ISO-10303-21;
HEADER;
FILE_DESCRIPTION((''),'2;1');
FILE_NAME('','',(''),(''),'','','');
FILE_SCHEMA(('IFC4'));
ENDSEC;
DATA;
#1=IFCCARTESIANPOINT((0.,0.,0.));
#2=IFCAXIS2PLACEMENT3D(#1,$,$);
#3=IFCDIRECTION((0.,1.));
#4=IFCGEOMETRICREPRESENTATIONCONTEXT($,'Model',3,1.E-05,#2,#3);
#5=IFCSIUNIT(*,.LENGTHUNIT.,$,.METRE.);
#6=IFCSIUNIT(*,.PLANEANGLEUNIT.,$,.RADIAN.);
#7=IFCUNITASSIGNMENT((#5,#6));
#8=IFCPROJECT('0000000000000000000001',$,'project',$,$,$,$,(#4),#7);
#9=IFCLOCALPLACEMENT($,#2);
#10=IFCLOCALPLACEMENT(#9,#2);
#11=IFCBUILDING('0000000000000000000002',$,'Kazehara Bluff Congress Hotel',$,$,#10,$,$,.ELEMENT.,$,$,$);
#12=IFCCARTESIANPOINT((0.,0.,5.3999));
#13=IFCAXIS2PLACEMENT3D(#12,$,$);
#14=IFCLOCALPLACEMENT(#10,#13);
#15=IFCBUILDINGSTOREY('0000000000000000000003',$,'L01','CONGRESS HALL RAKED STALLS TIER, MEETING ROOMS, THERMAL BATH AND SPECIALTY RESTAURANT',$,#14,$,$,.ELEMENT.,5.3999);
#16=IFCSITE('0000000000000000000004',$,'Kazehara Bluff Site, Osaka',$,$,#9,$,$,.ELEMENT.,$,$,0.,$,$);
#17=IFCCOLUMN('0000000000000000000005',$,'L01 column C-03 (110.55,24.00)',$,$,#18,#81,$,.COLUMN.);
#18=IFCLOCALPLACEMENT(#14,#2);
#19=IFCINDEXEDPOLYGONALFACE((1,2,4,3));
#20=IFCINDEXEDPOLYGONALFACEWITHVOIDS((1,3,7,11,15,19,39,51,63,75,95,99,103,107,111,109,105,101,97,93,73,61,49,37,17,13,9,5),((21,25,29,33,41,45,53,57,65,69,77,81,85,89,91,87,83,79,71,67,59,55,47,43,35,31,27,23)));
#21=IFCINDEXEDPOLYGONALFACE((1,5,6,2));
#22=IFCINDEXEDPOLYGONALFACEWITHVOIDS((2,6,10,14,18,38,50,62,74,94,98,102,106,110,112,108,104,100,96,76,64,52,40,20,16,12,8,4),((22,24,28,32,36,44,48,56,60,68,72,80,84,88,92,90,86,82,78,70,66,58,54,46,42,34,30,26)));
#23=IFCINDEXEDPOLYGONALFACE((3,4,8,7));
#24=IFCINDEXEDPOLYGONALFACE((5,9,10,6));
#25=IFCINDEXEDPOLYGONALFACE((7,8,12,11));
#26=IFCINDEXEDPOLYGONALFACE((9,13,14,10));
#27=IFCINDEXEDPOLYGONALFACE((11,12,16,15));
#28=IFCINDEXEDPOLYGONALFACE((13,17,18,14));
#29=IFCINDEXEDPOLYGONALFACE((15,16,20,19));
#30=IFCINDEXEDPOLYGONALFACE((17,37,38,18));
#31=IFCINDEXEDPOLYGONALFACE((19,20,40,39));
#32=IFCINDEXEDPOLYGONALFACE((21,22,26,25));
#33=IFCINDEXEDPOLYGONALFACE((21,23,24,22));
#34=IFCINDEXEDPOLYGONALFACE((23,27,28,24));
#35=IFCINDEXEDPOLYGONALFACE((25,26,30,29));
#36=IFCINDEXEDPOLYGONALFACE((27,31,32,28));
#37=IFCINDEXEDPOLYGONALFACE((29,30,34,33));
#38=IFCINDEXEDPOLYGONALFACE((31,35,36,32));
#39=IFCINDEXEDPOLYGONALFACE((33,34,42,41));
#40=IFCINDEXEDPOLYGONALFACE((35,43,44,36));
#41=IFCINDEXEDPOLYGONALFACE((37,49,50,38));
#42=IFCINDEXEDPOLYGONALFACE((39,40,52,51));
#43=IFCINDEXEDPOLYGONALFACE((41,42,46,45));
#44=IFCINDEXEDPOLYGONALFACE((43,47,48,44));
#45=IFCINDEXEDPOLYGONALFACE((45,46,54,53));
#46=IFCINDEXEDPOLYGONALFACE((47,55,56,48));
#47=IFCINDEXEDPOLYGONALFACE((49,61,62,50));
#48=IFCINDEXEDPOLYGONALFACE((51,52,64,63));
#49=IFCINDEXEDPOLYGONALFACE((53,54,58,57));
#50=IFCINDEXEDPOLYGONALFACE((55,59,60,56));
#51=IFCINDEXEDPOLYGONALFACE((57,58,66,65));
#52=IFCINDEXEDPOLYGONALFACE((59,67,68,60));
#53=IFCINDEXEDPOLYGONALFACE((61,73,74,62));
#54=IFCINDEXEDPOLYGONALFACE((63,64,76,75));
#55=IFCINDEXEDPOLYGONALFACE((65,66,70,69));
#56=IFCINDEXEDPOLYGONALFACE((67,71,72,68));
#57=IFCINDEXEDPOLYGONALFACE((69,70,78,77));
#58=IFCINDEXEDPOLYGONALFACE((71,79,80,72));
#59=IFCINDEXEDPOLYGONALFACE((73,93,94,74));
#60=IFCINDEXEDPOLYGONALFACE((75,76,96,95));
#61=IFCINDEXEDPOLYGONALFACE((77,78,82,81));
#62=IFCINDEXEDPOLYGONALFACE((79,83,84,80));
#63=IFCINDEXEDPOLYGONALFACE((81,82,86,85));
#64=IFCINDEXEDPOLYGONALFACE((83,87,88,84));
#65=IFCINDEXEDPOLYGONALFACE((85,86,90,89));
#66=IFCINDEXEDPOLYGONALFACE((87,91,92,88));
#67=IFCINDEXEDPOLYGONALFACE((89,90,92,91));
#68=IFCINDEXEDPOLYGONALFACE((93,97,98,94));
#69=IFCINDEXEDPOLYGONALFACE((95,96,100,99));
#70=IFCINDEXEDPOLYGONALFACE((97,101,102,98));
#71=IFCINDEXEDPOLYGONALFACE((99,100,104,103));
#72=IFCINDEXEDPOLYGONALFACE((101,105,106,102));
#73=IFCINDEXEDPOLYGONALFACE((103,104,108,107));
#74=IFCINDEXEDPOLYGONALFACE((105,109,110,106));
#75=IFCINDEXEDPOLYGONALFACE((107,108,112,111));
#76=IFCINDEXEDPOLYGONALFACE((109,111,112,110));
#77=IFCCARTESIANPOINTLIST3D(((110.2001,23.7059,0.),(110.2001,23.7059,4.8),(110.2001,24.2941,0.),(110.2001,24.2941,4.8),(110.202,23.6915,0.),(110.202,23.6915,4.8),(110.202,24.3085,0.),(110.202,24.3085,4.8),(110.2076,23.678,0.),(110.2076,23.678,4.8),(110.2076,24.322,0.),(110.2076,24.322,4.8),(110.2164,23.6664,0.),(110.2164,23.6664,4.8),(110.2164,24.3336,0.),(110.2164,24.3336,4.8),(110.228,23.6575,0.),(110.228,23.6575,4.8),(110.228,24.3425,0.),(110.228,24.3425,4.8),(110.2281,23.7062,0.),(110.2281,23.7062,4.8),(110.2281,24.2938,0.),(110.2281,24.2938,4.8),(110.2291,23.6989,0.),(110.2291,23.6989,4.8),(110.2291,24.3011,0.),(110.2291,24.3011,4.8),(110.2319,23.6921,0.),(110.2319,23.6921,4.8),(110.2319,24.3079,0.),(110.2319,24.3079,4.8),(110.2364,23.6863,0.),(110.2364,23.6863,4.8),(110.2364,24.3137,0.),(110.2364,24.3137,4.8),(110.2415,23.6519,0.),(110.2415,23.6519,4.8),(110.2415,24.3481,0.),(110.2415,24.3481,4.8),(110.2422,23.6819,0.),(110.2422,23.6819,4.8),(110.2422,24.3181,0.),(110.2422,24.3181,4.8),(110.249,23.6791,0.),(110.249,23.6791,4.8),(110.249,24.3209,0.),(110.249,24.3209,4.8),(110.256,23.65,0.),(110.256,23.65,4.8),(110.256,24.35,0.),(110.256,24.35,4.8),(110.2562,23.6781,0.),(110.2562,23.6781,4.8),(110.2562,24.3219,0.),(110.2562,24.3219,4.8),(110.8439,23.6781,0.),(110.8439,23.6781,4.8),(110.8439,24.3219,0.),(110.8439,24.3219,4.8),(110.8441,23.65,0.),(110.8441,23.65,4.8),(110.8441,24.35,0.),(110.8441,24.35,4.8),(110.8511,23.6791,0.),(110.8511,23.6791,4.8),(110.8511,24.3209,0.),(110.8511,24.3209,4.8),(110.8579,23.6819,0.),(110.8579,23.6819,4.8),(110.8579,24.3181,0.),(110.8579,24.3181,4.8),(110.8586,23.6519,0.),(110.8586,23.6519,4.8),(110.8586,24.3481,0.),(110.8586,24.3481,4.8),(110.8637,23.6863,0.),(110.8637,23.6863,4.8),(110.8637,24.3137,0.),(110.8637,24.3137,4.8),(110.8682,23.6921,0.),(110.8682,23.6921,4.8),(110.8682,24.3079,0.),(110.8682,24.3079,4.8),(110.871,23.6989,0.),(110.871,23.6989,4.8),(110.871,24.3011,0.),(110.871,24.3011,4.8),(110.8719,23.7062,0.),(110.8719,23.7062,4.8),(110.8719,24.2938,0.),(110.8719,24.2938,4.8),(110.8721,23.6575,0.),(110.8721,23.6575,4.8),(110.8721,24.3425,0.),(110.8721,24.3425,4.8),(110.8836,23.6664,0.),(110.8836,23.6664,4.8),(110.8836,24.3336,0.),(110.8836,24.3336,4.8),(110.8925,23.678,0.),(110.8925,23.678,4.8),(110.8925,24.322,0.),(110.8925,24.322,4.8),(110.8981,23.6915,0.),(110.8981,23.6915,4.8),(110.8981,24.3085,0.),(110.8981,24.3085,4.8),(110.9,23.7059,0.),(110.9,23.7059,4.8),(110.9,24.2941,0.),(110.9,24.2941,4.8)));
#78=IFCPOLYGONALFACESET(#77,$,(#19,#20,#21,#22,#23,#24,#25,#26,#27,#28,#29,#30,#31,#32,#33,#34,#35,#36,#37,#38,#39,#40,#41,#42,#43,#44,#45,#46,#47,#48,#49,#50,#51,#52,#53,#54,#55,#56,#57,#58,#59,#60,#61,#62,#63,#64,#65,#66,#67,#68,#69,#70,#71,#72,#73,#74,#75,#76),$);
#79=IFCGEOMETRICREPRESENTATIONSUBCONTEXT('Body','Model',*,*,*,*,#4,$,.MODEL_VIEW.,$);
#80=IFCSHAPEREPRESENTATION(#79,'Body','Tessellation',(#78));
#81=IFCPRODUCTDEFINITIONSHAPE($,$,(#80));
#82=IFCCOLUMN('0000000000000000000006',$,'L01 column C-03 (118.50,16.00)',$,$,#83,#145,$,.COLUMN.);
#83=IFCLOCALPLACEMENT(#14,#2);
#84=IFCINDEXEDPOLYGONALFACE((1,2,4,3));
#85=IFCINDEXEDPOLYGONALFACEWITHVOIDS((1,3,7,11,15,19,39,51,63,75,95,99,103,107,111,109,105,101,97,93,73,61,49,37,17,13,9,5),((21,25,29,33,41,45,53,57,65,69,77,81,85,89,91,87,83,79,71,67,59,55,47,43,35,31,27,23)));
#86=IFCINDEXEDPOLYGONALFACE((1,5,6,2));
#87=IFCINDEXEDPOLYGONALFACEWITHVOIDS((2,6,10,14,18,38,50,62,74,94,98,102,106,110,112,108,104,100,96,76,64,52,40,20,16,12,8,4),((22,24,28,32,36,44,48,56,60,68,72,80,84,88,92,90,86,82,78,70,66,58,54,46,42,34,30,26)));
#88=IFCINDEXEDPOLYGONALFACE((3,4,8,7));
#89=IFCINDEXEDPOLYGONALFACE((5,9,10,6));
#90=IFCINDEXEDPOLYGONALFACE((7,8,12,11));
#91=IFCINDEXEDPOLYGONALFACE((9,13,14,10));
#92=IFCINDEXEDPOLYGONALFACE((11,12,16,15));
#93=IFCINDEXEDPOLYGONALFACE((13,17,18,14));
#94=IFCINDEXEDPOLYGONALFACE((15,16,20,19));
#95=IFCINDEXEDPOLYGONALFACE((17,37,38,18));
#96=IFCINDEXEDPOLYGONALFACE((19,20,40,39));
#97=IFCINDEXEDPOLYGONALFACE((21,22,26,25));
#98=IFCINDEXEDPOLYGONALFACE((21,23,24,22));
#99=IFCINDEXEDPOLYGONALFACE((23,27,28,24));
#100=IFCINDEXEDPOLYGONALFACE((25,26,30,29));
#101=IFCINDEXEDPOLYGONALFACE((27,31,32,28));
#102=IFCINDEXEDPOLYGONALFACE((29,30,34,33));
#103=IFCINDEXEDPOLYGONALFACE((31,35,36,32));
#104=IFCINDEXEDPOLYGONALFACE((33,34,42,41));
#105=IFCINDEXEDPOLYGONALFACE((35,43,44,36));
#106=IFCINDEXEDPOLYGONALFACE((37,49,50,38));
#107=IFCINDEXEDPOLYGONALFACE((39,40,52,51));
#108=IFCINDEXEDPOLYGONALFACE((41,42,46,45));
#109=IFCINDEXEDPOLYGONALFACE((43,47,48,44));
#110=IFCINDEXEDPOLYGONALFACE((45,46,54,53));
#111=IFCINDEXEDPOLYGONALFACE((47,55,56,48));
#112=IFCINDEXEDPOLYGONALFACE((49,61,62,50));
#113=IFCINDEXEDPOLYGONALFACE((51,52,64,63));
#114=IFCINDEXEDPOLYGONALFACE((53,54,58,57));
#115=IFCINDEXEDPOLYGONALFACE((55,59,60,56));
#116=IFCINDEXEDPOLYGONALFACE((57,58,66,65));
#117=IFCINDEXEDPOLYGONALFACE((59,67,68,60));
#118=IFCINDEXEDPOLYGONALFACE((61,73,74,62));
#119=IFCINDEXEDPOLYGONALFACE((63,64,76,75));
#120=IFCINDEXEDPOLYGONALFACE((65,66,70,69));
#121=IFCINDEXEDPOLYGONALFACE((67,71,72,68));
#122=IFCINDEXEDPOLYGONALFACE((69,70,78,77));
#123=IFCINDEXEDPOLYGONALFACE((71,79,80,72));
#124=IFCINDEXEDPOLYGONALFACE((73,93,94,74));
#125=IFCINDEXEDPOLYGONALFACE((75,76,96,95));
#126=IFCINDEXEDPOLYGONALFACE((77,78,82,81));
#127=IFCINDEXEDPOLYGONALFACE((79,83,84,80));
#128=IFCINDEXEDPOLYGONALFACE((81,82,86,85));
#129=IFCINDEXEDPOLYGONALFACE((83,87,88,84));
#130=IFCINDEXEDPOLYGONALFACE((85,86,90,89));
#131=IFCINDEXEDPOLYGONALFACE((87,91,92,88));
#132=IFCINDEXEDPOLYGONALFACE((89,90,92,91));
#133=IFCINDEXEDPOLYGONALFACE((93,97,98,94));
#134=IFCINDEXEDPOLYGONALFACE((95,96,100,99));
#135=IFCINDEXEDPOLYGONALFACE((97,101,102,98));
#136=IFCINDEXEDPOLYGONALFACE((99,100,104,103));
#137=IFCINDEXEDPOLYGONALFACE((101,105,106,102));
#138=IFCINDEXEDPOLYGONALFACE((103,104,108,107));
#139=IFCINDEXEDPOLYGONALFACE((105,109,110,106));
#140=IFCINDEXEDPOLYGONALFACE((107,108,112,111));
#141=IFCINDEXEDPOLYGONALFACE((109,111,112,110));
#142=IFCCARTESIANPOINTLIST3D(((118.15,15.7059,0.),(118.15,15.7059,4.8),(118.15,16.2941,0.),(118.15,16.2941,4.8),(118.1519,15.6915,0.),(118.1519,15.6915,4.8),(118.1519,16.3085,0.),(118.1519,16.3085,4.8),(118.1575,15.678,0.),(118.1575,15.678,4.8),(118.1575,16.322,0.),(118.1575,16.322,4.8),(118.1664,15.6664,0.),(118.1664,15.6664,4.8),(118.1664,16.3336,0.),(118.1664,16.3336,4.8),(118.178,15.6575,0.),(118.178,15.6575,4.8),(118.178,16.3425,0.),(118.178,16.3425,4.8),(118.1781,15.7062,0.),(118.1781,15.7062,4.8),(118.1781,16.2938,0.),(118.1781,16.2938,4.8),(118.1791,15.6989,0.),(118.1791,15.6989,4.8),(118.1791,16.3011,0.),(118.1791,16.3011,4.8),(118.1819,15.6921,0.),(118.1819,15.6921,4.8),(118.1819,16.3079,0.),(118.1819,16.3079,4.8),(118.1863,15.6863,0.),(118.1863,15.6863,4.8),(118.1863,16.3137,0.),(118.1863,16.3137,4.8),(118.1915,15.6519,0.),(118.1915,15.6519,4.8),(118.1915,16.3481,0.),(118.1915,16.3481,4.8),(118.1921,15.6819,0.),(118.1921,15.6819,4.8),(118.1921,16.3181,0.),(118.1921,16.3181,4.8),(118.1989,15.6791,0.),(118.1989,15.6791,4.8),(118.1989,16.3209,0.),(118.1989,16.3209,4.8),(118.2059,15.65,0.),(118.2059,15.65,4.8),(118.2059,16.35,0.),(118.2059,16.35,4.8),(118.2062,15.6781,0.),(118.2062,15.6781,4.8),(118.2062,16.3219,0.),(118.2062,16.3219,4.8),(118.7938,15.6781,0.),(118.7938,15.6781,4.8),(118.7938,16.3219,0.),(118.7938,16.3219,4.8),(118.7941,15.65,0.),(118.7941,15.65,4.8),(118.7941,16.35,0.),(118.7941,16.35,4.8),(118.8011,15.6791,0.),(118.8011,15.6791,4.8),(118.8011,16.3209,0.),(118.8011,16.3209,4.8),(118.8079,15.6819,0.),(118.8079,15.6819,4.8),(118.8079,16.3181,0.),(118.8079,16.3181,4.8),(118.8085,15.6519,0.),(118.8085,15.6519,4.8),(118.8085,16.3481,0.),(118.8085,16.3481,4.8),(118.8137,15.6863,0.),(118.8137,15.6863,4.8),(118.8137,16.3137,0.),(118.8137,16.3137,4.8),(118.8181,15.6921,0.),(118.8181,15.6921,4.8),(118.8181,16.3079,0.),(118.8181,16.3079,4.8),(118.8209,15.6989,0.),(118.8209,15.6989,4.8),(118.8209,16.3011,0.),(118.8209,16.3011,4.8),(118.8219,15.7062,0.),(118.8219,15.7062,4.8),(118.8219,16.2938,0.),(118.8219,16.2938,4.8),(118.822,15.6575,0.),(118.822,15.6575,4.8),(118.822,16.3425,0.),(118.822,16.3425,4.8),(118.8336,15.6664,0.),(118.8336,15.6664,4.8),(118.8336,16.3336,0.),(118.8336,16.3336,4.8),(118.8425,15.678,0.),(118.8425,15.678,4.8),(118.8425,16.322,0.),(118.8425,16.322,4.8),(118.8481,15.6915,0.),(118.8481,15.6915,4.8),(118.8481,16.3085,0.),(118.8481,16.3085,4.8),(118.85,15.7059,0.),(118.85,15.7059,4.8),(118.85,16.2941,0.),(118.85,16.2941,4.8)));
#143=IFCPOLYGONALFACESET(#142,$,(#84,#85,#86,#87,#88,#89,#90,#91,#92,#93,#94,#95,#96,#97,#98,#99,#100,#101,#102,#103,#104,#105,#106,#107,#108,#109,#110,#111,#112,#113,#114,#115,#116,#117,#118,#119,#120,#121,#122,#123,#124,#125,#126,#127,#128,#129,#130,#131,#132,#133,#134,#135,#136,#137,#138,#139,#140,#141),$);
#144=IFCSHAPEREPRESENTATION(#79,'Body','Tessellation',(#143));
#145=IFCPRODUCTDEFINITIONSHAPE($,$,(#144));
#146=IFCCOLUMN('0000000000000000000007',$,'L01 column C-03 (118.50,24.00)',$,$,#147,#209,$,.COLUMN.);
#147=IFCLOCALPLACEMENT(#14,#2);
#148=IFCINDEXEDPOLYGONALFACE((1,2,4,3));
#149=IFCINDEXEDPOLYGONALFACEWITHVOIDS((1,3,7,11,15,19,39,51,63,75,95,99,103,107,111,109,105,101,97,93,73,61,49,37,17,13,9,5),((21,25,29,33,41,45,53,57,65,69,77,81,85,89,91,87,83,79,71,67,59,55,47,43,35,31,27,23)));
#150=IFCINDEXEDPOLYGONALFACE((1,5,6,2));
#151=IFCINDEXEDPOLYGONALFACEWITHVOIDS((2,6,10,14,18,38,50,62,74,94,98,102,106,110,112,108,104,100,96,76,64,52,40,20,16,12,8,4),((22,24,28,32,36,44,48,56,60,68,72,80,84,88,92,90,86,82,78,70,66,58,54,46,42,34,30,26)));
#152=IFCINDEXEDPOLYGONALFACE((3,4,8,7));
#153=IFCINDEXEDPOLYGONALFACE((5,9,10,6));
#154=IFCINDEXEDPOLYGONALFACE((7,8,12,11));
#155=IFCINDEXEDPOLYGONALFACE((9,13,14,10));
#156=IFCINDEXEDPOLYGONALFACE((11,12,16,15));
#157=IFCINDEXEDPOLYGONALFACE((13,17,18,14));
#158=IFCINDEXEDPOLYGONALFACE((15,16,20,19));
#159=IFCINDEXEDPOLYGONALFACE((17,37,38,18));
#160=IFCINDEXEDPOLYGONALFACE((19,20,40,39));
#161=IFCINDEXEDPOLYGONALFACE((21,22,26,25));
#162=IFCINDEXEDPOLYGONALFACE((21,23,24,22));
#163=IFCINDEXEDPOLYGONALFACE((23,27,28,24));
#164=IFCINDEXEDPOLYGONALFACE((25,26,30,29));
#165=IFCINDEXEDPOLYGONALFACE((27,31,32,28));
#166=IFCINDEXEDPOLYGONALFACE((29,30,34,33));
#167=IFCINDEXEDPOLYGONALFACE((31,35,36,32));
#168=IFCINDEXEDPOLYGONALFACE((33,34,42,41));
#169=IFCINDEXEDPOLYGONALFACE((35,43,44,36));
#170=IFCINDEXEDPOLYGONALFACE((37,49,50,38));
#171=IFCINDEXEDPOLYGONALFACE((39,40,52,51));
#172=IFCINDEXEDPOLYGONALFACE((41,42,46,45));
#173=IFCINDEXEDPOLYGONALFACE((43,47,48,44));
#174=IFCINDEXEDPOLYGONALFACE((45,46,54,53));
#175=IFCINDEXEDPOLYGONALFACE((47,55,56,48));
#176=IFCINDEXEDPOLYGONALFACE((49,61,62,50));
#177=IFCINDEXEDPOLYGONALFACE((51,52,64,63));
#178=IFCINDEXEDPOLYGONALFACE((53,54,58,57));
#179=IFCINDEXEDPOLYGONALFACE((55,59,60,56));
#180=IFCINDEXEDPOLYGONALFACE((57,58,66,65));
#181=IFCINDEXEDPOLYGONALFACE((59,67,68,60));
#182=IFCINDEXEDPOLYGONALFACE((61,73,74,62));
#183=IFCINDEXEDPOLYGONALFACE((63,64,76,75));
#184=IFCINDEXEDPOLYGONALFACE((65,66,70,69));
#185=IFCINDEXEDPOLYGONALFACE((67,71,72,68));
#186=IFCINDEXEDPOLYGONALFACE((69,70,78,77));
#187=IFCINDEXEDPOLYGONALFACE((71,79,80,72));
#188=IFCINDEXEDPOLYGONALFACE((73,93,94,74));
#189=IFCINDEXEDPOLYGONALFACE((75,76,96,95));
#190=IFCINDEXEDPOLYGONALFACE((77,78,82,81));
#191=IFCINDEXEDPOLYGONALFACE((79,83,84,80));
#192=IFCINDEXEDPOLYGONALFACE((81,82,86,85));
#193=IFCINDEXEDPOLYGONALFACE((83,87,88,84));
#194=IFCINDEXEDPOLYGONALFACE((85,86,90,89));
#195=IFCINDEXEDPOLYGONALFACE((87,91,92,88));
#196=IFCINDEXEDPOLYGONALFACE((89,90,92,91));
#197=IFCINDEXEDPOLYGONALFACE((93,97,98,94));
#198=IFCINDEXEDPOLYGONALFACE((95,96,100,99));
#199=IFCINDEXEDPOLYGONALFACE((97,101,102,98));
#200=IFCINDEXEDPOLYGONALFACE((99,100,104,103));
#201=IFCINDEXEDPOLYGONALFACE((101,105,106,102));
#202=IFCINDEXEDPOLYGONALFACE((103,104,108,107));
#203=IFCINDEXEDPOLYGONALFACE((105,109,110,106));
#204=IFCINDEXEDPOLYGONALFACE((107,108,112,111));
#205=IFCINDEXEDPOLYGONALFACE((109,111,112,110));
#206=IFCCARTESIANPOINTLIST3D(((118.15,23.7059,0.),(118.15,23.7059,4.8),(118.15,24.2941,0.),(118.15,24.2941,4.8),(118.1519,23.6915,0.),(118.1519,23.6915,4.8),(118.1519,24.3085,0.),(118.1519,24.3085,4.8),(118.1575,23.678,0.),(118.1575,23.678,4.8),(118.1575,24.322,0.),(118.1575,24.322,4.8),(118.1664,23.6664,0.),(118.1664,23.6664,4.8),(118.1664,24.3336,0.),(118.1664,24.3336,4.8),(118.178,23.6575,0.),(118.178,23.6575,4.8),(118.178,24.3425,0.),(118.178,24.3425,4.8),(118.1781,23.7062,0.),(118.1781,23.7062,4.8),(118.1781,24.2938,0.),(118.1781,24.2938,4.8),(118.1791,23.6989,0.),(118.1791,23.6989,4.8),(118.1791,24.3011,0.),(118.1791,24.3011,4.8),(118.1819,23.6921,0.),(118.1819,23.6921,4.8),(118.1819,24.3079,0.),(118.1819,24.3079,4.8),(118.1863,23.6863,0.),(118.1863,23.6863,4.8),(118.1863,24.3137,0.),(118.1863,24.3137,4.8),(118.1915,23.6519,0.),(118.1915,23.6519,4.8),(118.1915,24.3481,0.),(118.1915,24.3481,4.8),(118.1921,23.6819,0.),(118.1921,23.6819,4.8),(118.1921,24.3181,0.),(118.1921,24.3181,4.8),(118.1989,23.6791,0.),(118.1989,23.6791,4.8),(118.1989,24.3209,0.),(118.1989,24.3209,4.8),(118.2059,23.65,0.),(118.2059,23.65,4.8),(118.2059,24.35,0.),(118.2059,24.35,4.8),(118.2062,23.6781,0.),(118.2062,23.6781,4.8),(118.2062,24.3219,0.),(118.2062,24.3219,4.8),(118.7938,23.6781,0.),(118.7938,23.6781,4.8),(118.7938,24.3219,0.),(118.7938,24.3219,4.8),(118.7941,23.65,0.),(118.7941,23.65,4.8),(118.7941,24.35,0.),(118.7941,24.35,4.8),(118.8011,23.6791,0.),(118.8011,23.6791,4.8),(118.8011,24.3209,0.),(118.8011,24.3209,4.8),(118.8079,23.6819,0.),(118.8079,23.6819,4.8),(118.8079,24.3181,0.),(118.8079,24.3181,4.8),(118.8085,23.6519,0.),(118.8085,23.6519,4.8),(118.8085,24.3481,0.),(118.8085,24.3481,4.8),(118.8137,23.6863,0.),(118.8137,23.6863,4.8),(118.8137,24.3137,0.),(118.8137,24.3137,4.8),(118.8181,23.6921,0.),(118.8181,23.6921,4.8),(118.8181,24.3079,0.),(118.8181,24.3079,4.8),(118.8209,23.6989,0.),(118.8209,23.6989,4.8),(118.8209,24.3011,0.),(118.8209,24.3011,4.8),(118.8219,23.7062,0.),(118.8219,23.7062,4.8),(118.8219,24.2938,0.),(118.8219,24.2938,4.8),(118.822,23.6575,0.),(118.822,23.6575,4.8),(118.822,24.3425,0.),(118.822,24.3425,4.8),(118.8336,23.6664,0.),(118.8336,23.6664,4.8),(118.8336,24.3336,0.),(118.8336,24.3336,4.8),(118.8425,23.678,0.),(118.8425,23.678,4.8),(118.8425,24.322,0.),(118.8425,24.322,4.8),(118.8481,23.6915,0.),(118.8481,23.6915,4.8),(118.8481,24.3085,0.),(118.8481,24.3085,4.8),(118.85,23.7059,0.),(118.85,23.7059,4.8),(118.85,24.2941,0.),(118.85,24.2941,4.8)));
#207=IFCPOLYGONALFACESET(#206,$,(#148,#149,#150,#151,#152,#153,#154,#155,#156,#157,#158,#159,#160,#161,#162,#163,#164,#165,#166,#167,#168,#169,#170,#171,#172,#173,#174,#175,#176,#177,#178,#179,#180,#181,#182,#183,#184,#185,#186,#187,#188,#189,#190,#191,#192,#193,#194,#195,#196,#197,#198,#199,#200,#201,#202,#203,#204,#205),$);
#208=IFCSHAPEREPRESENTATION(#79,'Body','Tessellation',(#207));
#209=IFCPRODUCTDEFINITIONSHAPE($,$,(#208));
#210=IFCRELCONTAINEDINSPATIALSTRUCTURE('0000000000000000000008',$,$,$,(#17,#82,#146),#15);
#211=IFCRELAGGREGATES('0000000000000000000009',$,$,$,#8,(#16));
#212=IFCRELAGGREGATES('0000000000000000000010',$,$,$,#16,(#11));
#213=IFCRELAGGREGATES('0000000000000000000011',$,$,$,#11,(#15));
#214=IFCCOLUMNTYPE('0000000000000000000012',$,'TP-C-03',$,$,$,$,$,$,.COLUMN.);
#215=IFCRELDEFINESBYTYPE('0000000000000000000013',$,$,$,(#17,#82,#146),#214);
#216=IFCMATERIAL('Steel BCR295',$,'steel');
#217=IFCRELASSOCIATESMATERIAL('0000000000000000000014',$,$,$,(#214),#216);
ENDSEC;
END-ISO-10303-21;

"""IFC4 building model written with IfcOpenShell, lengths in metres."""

from ifc_helpers import new_model, si_unit, direction, frame, origin, origin_2d, place, context, subcontext, project, spatial, hollow_rectangle, extrude, material, material_profile, profile_set, type_object, element, save


model = new_model("IFC4")

# Units and contexts
model_context = context("Model", 3, precision=1e-05, world=origin(), true_north=direction((0.0, 1.0)))
body_context = subcontext(model_context, "Body", "Model", "MODEL_VIEW")
ifc_project = project(units=[si_unit("LENGTHUNIT", "METRE"), si_unit("PLANEANGLEUNIT", "RADIAN")], contexts=[model_context])

# Site, building, storey
site_placement = place(None, origin())
site = spatial("IfcSite", under=ifc_project, at=site_placement, Name="Kazehara Bluff Site, Osaka", CompositionType="ELEMENT", RefElevation=0.0)
building_placement = place(site_placement, origin())
building = spatial("IfcBuilding", under=site, at=building_placement, Name="Kazehara Bluff Congress Hotel", CompositionType="ELEMENT")
storey_placement = place(building_placement, frame((0.0, 0.0, 5.3999)))
storey = spatial("IfcBuildingStorey", under=building, at=storey_placement, Name="L01", Description="CONGRESS HALL RAKED STALLS TIER, MEETING ROOMS, THERMAL BATH AND SPECIALTY RESTAURANT", CompositionType="ELEMENT", Elevation=5.3999)

# Columns
ifc_material_1 = material(Name="Steel BCR295", Category="steel")
ifc_material_profile_1 = material_profile(ifc_material_1, hollow_rectangle(XDim=0.7, YDim=0.7, WallThickness=0.0281, InnerFilletRadius=0.0281, OuterFilletRadius=0.0559, at=origin_2d()))
ifc_profile_set_1 = profile_set([ifc_material_profile_1], Name="Steel BCR295")
column_type = type_object("IfcColumnType", Name="TP-C-03", PredefinedType="COLUMN", material=ifc_profile_set_1)
for number, where, z_axis, x_axis, name in (
    (1, (110.55, 24.0, 0.0), (0.0, 0.0, 1.0), (1.0, 0.0, 0.0), "L01 column C-03 (110.55,24.00)"),
    (2, (118.5, 16.0, 0.0), (0.0, 0.0, 1.0), (1.0, 0.0, 0.0), "L01 column C-03 (118.50,16.00)"),
    (3, (118.5, 24.0, 0.0), (0.0, 0.0, 1.0), (1.0, 0.0, 0.0), "L01 column C-03 (118.50,24.00)"),
):
    element("IfcColumn", number, at=place(storey_placement, frame(where, z_axis=z_axis, x_axis=x_axis)), inside=storey, type_object=column_type, Name=name, PredefinedType="COLUMN", context=body_context, shape_type="SweptSolid", body=[
        extrude(hollow_rectangle(XDim=0.7, YDim=0.7, WallThickness=0.0281, InnerFilletRadius=0.0281, OuterFilletRadius=0.0559, at=origin_2d()), origin(), (0.0, 0.0, 1.0), 4.8),
    ])

save(model, "model.ifc")
